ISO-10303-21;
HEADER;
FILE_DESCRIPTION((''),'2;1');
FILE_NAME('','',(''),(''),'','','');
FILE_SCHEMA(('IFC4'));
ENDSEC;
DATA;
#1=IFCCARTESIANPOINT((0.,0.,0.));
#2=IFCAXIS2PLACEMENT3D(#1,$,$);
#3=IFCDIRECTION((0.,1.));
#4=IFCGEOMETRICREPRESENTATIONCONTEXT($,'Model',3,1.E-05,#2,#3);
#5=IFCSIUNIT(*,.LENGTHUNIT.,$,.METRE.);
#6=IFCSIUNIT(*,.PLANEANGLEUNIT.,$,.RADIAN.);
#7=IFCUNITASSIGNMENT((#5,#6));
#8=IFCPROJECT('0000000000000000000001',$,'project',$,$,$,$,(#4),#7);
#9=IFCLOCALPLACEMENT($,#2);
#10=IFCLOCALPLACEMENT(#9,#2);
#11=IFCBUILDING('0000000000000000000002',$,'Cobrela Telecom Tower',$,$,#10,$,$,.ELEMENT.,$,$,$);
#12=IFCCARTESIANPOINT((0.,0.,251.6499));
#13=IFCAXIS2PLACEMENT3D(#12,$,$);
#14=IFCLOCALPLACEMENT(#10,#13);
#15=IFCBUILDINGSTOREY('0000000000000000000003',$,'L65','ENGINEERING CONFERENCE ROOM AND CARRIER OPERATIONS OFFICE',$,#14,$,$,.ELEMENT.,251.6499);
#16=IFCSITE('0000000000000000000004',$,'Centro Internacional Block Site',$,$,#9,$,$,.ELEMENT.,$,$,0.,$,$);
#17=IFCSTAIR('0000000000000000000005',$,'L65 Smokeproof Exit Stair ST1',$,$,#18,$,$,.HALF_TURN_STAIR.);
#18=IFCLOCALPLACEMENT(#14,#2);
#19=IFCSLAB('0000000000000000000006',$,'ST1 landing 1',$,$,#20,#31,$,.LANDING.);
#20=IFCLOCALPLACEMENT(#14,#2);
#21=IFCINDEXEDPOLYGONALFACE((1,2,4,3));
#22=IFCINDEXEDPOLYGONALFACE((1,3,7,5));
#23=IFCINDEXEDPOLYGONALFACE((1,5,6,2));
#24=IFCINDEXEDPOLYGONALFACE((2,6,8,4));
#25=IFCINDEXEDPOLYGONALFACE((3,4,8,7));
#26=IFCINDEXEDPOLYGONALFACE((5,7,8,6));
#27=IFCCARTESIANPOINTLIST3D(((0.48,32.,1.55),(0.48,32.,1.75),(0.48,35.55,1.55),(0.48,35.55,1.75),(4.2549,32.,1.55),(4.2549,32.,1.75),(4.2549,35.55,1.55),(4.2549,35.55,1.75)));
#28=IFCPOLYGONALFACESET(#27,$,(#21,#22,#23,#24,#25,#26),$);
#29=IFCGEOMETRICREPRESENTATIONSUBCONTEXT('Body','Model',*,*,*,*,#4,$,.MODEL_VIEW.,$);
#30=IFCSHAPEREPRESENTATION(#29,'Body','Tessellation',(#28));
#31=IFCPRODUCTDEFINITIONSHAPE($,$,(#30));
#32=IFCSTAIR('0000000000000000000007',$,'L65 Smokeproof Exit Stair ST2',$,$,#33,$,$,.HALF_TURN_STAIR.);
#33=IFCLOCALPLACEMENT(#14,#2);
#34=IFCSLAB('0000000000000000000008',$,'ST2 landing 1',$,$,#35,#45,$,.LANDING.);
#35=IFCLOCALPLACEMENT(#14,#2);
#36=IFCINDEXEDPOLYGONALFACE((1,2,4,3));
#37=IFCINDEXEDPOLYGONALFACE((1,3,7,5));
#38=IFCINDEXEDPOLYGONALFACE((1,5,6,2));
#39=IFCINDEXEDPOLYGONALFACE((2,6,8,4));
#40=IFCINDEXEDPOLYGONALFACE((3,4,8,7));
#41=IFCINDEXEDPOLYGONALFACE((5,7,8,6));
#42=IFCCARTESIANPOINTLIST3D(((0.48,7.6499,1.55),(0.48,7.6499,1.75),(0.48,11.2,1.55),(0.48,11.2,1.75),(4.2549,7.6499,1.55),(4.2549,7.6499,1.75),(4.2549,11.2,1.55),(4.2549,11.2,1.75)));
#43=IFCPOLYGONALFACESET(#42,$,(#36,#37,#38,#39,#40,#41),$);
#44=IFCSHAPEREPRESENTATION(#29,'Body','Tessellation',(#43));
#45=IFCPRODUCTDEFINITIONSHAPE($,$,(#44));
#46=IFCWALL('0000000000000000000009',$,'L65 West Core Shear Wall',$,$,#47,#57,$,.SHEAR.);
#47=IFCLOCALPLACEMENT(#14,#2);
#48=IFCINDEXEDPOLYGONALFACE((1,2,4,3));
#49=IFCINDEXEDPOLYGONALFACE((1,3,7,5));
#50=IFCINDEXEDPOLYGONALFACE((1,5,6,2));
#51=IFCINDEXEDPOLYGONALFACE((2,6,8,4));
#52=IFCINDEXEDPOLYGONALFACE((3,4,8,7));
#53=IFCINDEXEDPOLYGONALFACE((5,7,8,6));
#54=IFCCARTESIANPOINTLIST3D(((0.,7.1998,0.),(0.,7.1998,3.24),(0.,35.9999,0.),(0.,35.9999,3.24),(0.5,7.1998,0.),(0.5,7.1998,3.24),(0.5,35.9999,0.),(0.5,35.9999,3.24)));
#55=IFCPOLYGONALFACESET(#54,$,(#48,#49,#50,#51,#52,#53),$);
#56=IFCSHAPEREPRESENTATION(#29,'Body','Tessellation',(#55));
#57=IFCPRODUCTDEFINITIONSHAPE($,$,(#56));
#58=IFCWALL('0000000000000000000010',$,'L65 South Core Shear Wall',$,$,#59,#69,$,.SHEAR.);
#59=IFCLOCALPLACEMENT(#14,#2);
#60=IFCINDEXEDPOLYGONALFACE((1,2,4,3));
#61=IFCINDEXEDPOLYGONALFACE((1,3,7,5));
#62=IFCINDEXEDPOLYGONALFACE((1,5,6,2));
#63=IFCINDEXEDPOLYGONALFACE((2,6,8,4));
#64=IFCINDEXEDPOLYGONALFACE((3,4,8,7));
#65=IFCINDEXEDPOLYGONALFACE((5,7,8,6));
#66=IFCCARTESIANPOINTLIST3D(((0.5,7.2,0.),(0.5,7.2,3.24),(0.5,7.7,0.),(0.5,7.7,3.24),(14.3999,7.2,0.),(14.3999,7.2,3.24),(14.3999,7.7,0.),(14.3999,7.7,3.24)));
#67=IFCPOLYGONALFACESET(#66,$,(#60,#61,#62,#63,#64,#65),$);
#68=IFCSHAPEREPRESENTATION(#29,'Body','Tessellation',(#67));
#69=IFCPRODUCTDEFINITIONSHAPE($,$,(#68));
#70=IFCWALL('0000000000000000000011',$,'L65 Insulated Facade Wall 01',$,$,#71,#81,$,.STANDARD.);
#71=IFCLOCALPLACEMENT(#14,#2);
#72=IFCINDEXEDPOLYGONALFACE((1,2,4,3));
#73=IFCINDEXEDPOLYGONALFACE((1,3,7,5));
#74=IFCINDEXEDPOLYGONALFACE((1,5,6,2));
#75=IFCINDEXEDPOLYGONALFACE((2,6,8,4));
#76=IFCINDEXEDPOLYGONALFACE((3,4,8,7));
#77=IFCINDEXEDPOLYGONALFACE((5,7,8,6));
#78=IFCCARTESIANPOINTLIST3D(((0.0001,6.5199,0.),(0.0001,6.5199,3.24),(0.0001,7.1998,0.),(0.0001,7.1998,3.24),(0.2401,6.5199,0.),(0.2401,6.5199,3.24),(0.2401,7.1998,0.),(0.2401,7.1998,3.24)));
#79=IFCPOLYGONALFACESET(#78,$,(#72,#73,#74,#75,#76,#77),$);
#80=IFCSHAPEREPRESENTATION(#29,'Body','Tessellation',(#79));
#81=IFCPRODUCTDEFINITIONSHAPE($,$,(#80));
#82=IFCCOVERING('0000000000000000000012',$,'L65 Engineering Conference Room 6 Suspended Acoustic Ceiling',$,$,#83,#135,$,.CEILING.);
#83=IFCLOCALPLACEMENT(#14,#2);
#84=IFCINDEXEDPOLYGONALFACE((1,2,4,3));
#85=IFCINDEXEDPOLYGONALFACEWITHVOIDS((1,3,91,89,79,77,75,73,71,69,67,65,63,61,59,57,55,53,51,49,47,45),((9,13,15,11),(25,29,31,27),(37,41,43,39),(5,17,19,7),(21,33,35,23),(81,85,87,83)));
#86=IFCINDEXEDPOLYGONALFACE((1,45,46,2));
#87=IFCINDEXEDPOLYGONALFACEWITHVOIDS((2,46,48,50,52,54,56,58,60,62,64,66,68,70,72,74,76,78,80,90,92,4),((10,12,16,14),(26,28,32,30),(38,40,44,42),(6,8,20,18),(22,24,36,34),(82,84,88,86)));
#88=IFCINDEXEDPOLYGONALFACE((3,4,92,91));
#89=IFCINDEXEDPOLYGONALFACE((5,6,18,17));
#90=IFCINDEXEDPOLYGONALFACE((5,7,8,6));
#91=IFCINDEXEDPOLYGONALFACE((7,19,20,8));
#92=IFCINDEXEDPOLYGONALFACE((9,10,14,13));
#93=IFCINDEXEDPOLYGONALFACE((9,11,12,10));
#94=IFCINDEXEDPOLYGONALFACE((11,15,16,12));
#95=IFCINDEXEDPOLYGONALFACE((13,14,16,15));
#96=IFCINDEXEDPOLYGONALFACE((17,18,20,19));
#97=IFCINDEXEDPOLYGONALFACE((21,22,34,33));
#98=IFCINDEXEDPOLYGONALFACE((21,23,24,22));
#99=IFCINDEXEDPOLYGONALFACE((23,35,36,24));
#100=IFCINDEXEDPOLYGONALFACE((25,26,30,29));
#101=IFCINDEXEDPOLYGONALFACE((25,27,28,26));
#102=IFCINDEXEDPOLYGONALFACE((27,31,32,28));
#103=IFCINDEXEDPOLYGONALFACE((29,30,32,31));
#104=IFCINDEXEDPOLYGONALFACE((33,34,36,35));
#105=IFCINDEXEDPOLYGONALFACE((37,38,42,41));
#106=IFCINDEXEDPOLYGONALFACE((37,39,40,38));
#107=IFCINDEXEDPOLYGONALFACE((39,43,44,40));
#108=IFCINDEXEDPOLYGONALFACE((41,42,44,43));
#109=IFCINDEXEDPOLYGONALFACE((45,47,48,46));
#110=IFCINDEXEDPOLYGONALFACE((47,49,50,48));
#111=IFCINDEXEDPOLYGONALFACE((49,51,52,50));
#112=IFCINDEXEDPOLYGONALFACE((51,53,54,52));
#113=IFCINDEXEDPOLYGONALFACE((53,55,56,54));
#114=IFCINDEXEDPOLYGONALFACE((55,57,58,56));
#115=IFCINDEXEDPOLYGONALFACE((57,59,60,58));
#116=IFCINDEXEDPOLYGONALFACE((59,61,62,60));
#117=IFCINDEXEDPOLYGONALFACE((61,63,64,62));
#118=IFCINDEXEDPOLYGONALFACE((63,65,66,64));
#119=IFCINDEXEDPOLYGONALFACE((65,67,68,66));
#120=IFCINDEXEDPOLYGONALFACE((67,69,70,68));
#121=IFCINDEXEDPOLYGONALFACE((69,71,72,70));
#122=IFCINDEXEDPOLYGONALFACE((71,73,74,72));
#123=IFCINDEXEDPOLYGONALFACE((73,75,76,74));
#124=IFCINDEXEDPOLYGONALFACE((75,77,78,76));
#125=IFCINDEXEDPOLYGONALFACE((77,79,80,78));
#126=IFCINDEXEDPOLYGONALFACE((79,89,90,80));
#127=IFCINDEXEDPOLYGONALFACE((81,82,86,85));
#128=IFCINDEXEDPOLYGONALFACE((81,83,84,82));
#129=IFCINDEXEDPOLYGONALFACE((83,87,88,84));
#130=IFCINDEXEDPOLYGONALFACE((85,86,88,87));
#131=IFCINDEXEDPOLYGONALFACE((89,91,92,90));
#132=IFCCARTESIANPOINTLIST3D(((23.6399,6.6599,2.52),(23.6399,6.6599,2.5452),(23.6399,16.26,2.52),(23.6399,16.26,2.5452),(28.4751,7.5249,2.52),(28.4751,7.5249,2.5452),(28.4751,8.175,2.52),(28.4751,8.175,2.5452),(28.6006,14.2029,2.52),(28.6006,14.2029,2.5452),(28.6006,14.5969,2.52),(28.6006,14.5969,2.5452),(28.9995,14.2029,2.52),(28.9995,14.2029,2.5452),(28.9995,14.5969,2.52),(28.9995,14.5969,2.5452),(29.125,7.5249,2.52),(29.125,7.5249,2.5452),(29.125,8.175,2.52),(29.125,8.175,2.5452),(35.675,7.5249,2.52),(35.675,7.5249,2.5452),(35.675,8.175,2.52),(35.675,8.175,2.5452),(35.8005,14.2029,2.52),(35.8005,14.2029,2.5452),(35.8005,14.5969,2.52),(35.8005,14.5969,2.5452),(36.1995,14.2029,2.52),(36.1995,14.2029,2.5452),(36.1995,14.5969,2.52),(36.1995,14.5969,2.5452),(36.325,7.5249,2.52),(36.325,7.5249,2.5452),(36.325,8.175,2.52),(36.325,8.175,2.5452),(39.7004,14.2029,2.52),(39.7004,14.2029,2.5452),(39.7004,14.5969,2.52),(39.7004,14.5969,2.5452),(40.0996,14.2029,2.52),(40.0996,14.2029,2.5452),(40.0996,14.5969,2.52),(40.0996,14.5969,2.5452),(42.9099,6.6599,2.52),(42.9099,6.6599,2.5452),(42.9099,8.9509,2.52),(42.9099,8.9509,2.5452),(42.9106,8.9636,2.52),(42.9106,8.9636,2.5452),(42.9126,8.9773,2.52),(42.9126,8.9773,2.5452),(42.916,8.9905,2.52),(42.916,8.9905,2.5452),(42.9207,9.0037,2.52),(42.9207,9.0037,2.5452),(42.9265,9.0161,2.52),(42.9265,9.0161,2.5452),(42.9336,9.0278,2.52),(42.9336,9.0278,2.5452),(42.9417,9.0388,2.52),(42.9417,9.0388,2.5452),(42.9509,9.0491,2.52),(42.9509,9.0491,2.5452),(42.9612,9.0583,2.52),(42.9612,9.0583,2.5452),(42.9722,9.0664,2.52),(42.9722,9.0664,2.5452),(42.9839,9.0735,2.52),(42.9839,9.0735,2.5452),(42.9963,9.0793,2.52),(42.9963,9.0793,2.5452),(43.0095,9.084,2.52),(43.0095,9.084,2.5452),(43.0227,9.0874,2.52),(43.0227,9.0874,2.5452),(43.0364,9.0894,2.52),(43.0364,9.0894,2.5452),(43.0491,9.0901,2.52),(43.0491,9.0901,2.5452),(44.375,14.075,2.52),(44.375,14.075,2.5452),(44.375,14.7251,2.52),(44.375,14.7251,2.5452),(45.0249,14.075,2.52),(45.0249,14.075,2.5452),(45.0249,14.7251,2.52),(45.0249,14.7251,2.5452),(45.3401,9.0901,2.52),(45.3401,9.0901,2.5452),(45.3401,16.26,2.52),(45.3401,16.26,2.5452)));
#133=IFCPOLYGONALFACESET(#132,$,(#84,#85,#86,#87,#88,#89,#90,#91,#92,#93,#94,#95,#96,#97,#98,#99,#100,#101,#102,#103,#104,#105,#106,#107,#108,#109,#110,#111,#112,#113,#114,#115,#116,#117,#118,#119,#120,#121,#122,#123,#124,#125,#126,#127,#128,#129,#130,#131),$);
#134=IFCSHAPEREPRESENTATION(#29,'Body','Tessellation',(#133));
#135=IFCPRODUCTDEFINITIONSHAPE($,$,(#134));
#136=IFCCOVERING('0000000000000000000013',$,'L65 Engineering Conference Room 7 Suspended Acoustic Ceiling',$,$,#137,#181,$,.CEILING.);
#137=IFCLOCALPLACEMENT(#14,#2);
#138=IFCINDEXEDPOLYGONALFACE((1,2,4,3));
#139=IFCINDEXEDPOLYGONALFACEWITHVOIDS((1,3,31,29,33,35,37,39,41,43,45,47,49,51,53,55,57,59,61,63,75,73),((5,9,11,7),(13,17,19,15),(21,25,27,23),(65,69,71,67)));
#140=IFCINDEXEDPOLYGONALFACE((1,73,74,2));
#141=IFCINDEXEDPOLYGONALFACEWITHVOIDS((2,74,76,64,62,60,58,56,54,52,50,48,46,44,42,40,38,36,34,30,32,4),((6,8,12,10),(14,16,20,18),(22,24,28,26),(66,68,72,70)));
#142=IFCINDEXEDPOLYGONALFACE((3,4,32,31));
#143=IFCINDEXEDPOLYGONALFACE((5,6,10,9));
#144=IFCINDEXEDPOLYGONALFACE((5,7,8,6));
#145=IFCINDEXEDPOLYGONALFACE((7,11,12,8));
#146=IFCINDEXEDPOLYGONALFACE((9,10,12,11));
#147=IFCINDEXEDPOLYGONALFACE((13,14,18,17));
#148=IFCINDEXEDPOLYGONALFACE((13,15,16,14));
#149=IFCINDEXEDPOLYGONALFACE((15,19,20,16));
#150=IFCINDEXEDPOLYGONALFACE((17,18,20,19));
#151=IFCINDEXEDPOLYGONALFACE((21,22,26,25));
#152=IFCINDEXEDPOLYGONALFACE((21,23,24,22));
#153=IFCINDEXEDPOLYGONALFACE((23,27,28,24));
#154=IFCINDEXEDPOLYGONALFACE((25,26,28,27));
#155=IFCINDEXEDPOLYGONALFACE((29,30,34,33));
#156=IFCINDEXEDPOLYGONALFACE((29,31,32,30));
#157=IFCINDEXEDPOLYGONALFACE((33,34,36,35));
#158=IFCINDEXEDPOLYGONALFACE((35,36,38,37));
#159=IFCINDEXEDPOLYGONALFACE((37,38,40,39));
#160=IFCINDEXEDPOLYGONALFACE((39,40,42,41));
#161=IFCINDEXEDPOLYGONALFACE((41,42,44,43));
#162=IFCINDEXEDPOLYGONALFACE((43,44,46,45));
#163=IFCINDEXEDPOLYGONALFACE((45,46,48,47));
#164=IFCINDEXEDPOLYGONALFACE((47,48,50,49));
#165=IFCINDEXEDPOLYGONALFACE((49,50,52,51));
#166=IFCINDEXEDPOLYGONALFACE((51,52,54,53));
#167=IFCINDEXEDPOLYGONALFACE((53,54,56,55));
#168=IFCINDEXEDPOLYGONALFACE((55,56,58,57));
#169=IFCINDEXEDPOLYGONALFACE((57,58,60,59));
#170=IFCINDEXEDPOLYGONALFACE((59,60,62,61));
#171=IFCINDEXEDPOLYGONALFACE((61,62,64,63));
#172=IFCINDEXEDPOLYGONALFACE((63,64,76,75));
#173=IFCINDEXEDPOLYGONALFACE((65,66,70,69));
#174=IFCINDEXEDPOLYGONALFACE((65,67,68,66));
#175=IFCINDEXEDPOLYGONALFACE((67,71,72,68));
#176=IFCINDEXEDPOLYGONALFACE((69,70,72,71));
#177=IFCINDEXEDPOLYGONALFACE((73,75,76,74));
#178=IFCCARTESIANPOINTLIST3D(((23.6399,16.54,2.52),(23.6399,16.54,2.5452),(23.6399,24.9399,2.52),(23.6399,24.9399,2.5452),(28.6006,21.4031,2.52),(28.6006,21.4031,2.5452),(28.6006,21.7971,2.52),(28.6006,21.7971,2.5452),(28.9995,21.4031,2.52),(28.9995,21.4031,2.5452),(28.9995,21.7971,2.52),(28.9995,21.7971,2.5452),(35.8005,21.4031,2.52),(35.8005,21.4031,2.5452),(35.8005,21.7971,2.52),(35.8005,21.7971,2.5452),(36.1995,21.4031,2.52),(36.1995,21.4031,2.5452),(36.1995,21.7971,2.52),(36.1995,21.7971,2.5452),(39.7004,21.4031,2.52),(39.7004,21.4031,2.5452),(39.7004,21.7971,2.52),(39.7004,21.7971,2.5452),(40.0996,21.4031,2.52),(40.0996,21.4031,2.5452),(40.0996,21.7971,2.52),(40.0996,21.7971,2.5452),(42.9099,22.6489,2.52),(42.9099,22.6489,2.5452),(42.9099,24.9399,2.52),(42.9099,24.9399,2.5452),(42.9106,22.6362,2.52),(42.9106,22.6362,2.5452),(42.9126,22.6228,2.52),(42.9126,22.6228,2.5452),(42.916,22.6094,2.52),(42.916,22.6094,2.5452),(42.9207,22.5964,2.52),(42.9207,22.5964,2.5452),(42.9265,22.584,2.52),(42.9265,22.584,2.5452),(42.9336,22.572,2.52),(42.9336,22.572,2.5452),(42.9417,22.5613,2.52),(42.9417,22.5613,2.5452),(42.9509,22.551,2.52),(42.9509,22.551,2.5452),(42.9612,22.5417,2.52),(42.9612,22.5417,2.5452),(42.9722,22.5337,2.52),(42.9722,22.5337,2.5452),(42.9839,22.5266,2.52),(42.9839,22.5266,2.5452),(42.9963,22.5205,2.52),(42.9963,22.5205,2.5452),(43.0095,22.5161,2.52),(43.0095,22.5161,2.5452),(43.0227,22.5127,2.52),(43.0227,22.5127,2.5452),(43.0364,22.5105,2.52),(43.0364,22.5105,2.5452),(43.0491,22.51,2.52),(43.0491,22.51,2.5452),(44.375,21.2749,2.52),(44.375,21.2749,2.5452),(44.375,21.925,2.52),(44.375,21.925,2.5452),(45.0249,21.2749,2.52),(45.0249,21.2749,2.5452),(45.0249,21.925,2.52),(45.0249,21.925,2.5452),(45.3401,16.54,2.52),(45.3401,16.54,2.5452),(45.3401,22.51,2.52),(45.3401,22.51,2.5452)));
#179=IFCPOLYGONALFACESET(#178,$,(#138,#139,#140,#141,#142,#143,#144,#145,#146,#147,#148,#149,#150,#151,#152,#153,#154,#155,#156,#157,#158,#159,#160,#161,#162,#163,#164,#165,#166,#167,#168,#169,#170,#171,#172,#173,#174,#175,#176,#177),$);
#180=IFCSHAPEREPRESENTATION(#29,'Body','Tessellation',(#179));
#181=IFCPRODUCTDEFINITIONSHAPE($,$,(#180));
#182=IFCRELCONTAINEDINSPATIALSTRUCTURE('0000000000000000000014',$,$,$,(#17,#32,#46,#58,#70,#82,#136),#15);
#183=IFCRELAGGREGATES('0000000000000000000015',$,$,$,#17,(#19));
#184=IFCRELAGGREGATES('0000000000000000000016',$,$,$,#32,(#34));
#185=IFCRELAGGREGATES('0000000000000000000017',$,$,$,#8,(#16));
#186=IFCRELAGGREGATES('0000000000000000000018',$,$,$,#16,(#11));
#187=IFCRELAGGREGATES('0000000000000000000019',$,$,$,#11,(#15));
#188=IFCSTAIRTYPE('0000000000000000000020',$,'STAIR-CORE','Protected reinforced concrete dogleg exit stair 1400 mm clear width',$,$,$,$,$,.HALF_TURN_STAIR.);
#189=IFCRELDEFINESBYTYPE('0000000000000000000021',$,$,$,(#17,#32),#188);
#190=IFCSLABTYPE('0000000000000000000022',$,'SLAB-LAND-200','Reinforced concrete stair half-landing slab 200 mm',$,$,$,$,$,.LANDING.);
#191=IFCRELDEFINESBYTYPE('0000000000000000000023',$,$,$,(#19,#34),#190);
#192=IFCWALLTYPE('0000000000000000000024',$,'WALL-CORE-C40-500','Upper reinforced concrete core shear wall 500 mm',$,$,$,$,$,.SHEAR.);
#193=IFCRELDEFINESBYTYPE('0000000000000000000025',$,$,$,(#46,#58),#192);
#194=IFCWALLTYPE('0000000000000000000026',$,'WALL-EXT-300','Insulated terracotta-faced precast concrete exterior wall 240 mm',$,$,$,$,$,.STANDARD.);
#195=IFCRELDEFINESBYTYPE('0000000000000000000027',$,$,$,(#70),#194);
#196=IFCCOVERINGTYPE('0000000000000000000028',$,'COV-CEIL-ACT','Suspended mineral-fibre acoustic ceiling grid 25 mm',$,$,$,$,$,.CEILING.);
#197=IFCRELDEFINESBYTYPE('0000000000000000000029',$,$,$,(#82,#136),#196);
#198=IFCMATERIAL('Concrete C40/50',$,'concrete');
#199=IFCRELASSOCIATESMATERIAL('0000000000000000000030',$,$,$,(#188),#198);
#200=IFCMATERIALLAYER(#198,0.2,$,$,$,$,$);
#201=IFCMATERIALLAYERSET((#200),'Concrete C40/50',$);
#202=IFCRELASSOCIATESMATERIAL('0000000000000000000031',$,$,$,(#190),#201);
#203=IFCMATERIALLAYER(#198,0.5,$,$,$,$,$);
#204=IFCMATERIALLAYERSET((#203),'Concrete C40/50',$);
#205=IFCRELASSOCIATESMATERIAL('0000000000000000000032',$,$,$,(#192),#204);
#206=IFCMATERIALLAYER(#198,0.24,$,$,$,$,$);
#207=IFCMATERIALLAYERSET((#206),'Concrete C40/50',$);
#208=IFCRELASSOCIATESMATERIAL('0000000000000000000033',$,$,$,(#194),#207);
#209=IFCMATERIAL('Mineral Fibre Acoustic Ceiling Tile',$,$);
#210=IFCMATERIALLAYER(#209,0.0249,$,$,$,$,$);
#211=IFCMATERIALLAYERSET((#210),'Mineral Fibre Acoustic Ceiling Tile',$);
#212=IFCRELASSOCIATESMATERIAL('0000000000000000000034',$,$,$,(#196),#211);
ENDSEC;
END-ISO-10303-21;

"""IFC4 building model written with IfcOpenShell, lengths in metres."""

from ifc_helpers import new_model, si_unit, direction, frame, frame_2d, origin, place, context, subcontext, project, spatial, polyline, rectangle, outline, extrude, material, layer, layer_set, type_object, element, aggregate, save


model = new_model("IFC4")

# Units and contexts
model_context = context("Model", 3, precision=1e-05, world=origin(), true_north=direction((0.0, 1.0)))
body_context = subcontext(model_context, "Body", "Model", "MODEL_VIEW")
ifc_project = project(units=[si_unit("LENGTHUNIT", "METRE"), si_unit("PLANEANGLEUNIT", "RADIAN")], contexts=[model_context])

# Site, building, storey
site_placement = place(None, origin())
site = spatial("IfcSite", under=ifc_project, at=site_placement, Name="Centro Internacional Block Site", CompositionType="ELEMENT", RefElevation=0.0)
building_placement = place(site_placement, origin())
building = spatial("IfcBuilding", under=site, at=building_placement, Name="Cobrela Telecom Tower", CompositionType="ELEMENT")
storey_placement = place(building_placement, frame((0.0, 0.0, 251.6499)))
storey = spatial("IfcBuildingStorey", under=building, at=storey_placement, Name="L65", Description="ENGINEERING CONFERENCE ROOM AND CARRIER OPERATIONS OFFICE", CompositionType="ELEMENT", Elevation=251.6499)

# Shared definitions
ifc_material_1 = material(Name="Concrete C40/50", Category="concrete")

# Stairs, slabs
stair_type = type_object("IfcStairType", Name="STAIR-CORE", Description="Protected reinforced concrete dogleg exit stair 1400 mm clear width", PredefinedType="HALF_TURN_STAIR", material=ifc_material_1)
stair_1_placement = place(storey_placement, origin())
stair_1 = element("IfcStair", 1, at=stair_1_placement, inside=storey, type_object=stair_type, Name="L65 Smokeproof Exit Stair ST1", PredefinedType="HALF_TURN_STAIR")
ifc_layer_1 = layer(ifc_material_1, 0.2)
ifc_layer_set_1 = layer_set([ifc_layer_1], Name="Concrete C40/50")
slab_type_1 = type_object("IfcSlabType", Name="SLAB-LAND-200", Description="Reinforced concrete stair half-landing slab 200 mm", PredefinedType="LANDING", material=ifc_layer_set_1)
slab_1_placement = place(storey_placement, frame((0.0, 0.0, 1.55)))
slab_1 = element("IfcSlab", 2, at=slab_1_placement, type_object=slab_type_1, Name="ST1 landing 1", PredefinedType="LANDING", context=body_context, shape_type="SweptSolid", body=[
    extrude(outline(polyline([(4.2549, 35.55), (0.48, 35.55), (0.48, 32.0), (4.2549, 32.0), (4.2549, 35.55)])), origin(), (0.0, 0.0, 1.0), 0.2),
])
aggregate(stair_1, [slab_1])
stair_2_placement = place(storey_placement, origin())
stair_2 = element("IfcStair", 3, at=stair_2_placement, inside=storey, type_object=stair_type, Name="L65 Smokeproof Exit Stair ST2", PredefinedType="HALF_TURN_STAIR")
slab_2_placement = place(storey_placement, frame((0.0, 0.0, 1.55)))
slab_2 = element("IfcSlab", 4, at=slab_2_placement, type_object=slab_type_1, Name="ST2 landing 1", PredefinedType="LANDING", context=body_context, shape_type="SweptSolid", body=[
    extrude(outline(polyline([(4.2549, 11.2), (0.48, 11.2), (0.48, 7.6499), (4.2549, 7.6499), (4.2549, 11.2)])), origin(), (0.0, 0.0, 1.0), 0.2),
])
aggregate(stair_2, [slab_2])

# Walls
ifc_layer_2 = layer(ifc_material_1, 0.5)
ifc_layer_set_2 = layer_set([ifc_layer_2], Name="Concrete C40/50")
wall_type_1 = type_object("IfcWallType", Name="WALL-CORE-C40-500", Description="Upper reinforced concrete core shear wall 500 mm", PredefinedType="SHEAR", material=ifc_layer_set_2)
wall_1_placement = place(storey_placement, frame((0.25, 7.2, 0.0), z_axis=(0.0, 0.0, 1.0), x_axis=(0.0, 1.0, 0.0)))
element("IfcWall", 5, at=wall_1_placement, inside=storey, type_object=wall_type_1, Name="L65 West Core Shear Wall", PredefinedType="SHEAR", context=body_context, shape_type="SweptSolid", body=[
    extrude(rectangle(XDim=28.8, YDim=0.5, at=frame_2d((14.3999, 0.0))), origin(), (0.0, 0.0, 1.0), 3.24),
])
wall_2_placement = place(storey_placement, frame((0.5, 7.45, 0.0), z_axis=(0.0, 0.0, 1.0), x_axis=(1.0, 0.0, 0.0)))
element("IfcWall", 6, at=wall_2_placement, inside=storey, type_object=wall_type_1, Name="L65 South Core Shear Wall", PredefinedType="SHEAR", context=body_context, shape_type="SweptSolid", body=[
    extrude(rectangle(XDim=13.8999, YDim=0.5, at=frame_2d((6.95, 0.0))), origin(), (0.0, 0.0, 1.0), 3.24),
])
ifc_layer_3 = layer(ifc_material_1, 0.24)
ifc_layer_set_3 = layer_set([ifc_layer_3], Name="Concrete C40/50")
wall_type_2 = type_object("IfcWallType", Name="WALL-EXT-300", Description="Insulated terracotta-faced precast concrete exterior wall 240 mm", PredefinedType="STANDARD", material=ifc_layer_set_3)
wall_3_placement = place(storey_placement, frame((0.1201, 6.52, 0.0), z_axis=(0.0, 0.0, 1.0), x_axis=(0.0, 1.0, 0.0)))
element("IfcWall", 7, at=wall_3_placement, inside=storey, type_object=wall_type_2, Name="L65 Insulated Facade Wall 01", PredefinedType="STANDARD", context=body_context, shape_type="SweptSolid", body=[
    extrude(rectangle(XDim=0.6799, YDim=0.24, at=frame_2d((0.3398, 0.0))), origin(), (0.0, 0.0, 1.0), 3.24),
])

# Coverings
ifc_material_2 = material(Name="Mineral Fibre Acoustic Ceiling Tile")
ifc_layer_4 = layer(ifc_material_2, 0.0249)
ifc_layer_set_4 = layer_set([ifc_layer_4], Name="Mineral Fibre Acoustic Ceiling Tile")
covering_type_1 = type_object("IfcCoveringType", Name="COV-CEIL-ACT", Description="Suspended mineral-fibre acoustic ceiling grid 25 mm", PredefinedType="CEILING", material=ifc_layer_set_4)
covering_1_placement = place(storey_placement, frame((0.0, 0.0, 2.52)))
element("IfcCovering", 8, at=covering_1_placement, inside=storey, type_object=covering_type_1, Name="L65 Engineering Conference Room 6 Suspended Acoustic Ceiling", PredefinedType="CEILING", context=body_context, shape_type="SweptSolid", body=[
    extrude(outline(polyline([(45.3401, 9.0901), (43.0491, 9.0901), (43.0364, 9.0894), (43.0227, 9.0874), (43.0095, 9.084), (42.9963, 9.0793), (42.9839, 9.0735), (42.9722, 9.0664), (42.9612, 9.0583), (42.9509, 9.0491), (42.9417, 9.0388), (42.9336, 9.0278), (42.9265, 9.0161), (42.9207, 9.0037), (42.916, 8.9905), (42.9126, 8.9773), (42.9106, 8.9636), (42.9099, 8.9509), (42.9099, 6.6599), (23.6399, 6.6599), (23.6399, 16.26), (45.3401, 16.26), (45.3401, 9.0901)]), holes=[polyline([(28.9995, 14.5969), (28.6006, 14.5969), (28.6006, 14.2029), (28.9995, 14.2029), (28.9995, 14.5969)]), polyline([(29.125, 8.175), (28.4751, 8.175), (28.4751, 7.5249), (29.125, 7.5249), (29.125, 8.175)]), polyline([(36.325, 8.175), (35.675, 8.175), (35.675, 7.5249), (36.325, 7.5249), (36.325, 8.175)]), polyline([(36.1995, 14.5969), (35.8005, 14.5969), (35.8005, 14.2029), (36.1995, 14.2029), (36.1995, 14.5969)]), polyline([(40.0996, 14.5969), (39.7004, 14.5969), (39.7004, 14.2029), (40.0996, 14.2029), (40.0996, 14.5969)]), polyline([(45.0249, 14.7251), (44.375, 14.7251), (44.375, 14.075), (45.0249, 14.075), (45.0249, 14.7251)])]), origin(), (0.0, 0.0, 1.0), 0.0251),
])
covering_2_placement = place(storey_placement, frame((0.0, 0.0, 2.52)))
element("IfcCovering", 9, at=covering_2_placement, inside=storey, type_object=covering_type_1, Name="L65 Engineering Conference Room 7 Suspended Acoustic Ceiling", PredefinedType="CEILING", context=body_context, shape_type="SweptSolid", body=[
    extrude(outline(polyline([(42.9099, 24.9399), (42.9099, 22.6489), (42.9106, 22.6362), (42.9126, 22.6228), (42.916, 22.6094), (42.9207, 22.5964), (42.9265, 22.584), (42.9336, 22.572), (42.9417, 22.5613), (42.9509, 22.551), (42.9612, 22.5417), (42.9722, 22.5337), (42.9839, 22.5266), (42.9963, 22.5205), (43.0095, 22.5161), (43.0227, 22.5127), (43.0364, 22.5105), (43.0491, 22.51), (45.3401, 22.51), (45.3401, 16.54), (23.6399, 16.54), (23.6399, 24.9399), (42.9099, 24.9399)]), holes=[polyline([(28.9995, 21.7971), (28.6006, 21.7971), (28.6006, 21.4031), (28.9995, 21.4031), (28.9995, 21.7971)]), polyline([(36.1995, 21.7971), (35.8005, 21.7971), (35.8005, 21.4031), (36.1995, 21.4031), (36.1995, 21.7971)]), polyline([(40.0996, 21.4031), (40.0996, 21.7971), (39.7004, 21.7971), (39.7004, 21.4031), (40.0996, 21.4031)]), polyline([(45.0249, 21.2749), (45.0249, 21.925), (44.375, 21.925), (44.375, 21.2749), (45.0249, 21.2749)])]), origin(), (0.0, 0.0, 1.0), 0.0251),
])

save(model, "model.ifc")
